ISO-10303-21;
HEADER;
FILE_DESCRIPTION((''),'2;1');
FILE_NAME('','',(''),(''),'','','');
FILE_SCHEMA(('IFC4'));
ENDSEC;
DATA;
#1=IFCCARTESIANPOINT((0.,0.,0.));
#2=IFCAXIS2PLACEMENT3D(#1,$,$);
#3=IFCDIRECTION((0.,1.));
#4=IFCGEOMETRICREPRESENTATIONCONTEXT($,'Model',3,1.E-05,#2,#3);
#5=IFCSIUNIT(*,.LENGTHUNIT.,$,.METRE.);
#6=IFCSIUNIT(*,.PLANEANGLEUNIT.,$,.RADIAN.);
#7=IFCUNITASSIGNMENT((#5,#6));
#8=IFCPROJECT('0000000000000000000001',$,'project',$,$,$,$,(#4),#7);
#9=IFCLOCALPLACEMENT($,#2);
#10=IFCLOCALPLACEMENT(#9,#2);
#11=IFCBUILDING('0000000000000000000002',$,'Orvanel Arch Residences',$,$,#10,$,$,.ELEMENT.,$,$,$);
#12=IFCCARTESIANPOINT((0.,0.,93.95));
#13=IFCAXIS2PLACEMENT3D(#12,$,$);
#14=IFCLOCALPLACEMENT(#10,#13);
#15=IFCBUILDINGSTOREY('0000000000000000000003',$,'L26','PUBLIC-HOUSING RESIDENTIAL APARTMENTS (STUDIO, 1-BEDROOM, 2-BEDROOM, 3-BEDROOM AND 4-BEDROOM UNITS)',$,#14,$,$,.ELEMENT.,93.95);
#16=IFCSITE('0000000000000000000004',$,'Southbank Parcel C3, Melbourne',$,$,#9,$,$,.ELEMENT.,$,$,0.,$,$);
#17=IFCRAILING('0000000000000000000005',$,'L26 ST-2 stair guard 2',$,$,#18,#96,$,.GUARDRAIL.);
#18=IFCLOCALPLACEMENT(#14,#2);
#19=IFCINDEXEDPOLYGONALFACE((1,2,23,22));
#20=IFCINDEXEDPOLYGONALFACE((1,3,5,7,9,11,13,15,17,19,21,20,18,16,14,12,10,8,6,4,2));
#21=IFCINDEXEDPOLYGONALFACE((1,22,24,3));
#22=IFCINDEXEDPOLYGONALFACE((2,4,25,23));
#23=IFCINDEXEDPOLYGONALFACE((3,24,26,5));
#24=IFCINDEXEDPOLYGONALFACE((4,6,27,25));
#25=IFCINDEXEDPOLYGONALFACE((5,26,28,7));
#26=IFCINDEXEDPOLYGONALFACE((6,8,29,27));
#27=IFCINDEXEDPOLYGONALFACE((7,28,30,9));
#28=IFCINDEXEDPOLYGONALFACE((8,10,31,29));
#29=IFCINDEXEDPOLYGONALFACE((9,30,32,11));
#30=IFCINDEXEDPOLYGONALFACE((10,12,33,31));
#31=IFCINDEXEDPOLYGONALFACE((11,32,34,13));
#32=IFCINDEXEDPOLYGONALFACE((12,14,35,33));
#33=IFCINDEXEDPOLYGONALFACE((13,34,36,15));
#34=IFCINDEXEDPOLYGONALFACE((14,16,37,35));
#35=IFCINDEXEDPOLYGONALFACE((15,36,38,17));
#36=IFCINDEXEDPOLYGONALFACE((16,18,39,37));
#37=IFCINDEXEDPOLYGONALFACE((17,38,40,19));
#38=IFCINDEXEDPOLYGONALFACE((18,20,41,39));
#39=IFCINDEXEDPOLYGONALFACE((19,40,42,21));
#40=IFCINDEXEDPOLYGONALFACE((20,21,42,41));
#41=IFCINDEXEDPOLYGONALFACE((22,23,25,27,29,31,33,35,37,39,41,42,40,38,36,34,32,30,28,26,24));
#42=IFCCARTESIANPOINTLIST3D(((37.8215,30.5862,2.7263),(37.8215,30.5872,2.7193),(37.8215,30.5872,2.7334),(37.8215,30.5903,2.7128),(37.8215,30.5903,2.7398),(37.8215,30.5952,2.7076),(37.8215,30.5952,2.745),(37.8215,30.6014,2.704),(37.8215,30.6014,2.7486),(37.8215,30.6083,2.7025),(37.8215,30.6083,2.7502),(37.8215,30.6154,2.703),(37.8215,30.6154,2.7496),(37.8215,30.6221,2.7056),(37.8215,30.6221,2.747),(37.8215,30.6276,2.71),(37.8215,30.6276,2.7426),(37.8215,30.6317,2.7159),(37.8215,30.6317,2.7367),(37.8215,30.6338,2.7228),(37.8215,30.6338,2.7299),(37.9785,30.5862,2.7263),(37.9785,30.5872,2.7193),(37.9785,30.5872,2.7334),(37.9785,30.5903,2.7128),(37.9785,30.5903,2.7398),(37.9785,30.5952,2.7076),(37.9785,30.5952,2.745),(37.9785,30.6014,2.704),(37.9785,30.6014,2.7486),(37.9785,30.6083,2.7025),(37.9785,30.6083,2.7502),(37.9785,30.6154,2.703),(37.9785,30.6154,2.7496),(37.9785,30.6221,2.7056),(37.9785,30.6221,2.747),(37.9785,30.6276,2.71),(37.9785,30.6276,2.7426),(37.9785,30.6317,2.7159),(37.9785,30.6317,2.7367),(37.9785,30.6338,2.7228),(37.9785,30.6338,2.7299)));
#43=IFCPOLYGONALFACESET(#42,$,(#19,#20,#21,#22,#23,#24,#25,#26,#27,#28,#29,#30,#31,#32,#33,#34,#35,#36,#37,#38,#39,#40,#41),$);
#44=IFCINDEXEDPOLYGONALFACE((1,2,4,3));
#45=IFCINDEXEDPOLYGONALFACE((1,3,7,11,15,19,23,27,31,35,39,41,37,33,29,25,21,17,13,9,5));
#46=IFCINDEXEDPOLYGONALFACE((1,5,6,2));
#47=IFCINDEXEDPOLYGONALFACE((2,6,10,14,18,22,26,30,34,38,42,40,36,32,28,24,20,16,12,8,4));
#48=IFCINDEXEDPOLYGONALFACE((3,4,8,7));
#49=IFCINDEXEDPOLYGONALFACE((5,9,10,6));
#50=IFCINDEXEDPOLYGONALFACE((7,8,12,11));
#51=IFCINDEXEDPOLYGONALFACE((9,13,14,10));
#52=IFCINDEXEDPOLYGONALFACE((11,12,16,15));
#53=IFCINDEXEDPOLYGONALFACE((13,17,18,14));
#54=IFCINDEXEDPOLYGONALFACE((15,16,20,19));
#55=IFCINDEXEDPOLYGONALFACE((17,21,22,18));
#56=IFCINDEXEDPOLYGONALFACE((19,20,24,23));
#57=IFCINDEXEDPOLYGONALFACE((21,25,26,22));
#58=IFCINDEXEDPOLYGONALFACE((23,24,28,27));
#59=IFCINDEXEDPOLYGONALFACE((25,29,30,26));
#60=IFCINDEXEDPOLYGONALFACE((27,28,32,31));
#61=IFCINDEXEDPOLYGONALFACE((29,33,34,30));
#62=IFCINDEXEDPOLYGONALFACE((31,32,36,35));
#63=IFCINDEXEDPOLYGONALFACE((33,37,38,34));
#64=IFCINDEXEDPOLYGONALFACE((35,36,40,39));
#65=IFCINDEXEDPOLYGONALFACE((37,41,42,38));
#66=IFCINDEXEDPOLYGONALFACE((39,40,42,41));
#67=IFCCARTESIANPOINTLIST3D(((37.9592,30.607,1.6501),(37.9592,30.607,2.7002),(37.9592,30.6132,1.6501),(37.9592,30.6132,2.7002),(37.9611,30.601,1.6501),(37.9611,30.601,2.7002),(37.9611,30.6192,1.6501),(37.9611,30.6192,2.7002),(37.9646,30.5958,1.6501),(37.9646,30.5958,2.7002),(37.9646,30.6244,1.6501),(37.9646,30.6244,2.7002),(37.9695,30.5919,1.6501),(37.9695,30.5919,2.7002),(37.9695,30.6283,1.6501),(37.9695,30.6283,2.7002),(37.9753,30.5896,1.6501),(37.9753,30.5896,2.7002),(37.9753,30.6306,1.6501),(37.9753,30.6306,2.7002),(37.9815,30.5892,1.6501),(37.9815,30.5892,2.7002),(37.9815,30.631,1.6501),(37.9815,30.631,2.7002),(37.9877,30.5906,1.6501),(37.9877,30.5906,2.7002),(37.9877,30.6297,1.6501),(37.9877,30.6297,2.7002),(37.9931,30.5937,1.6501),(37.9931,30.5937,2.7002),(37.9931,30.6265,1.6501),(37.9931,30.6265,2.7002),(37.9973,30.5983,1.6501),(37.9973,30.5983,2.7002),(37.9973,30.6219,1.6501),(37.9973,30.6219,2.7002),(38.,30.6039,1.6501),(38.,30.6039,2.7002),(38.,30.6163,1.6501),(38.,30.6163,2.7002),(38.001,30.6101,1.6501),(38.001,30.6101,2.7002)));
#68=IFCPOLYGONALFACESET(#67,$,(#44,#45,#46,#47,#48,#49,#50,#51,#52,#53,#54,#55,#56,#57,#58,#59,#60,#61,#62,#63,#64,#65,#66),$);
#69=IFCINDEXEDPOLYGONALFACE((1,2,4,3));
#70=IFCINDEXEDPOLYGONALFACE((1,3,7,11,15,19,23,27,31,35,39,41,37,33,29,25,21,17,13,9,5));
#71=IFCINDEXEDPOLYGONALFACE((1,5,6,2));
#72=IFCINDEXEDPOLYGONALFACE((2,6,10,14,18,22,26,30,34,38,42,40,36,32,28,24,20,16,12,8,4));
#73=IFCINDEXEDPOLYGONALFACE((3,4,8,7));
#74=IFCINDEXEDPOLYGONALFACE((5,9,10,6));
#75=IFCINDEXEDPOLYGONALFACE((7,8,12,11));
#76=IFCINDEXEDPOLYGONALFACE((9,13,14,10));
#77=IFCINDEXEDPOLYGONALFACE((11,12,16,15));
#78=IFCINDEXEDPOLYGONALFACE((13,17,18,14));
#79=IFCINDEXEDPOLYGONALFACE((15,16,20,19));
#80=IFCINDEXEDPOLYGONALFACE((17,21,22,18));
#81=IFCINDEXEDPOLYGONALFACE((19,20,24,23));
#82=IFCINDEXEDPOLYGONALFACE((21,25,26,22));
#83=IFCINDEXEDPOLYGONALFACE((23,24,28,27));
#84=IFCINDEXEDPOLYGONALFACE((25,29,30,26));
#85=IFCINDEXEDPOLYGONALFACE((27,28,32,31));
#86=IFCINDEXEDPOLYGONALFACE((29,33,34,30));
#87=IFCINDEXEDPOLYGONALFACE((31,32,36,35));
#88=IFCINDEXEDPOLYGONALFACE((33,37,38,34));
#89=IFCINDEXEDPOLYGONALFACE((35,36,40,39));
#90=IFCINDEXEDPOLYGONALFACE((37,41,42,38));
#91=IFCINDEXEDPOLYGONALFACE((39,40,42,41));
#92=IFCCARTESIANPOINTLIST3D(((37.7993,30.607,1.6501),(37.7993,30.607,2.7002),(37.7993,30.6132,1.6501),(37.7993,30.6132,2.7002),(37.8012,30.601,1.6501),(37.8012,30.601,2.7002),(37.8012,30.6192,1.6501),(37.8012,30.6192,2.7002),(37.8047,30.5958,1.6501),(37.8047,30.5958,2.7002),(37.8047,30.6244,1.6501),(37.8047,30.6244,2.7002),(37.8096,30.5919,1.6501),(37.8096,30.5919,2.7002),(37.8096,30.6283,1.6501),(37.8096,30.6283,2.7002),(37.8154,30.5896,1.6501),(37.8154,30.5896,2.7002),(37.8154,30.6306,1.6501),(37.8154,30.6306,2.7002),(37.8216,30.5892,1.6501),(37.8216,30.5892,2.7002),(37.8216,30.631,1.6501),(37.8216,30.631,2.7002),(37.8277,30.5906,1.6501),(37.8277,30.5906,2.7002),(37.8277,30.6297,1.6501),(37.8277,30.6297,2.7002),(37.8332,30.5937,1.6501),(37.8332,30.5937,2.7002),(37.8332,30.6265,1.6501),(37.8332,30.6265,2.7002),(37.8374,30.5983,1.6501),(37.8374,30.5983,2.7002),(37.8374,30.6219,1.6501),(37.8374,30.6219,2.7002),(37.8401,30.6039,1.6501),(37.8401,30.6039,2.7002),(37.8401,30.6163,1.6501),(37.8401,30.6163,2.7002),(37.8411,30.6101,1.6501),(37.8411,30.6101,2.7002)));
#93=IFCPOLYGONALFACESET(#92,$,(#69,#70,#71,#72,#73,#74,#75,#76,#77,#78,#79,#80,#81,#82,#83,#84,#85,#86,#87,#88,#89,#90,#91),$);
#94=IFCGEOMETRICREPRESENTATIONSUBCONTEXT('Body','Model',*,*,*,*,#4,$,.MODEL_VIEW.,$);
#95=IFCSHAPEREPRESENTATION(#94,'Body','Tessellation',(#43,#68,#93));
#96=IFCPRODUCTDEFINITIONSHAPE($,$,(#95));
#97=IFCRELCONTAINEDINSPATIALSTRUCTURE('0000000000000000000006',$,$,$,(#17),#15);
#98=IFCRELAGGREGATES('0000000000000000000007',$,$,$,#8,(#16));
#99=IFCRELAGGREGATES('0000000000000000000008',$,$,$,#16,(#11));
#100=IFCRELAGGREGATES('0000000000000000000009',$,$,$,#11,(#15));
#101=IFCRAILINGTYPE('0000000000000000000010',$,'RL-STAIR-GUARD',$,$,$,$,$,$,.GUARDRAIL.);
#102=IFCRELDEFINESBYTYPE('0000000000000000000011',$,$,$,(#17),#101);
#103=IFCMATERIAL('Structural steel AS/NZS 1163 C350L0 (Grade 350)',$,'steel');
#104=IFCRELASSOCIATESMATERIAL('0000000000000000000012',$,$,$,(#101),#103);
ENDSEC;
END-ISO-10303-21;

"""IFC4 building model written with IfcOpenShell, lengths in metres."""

from ifc_helpers import new_model, si_unit, direction, frame, origin, origin_2d, place, context, subcontext, project, spatial, circle, extrude, material, type_object, element, save


model = new_model("IFC4")

# Units and contexts
model_context = context("Model", 3, precision=1e-05, world=origin(), true_north=direction((0.0, 1.0)))
body_context = subcontext(model_context, "Body", "Model", "MODEL_VIEW")
ifc_project = project(units=[si_unit("LENGTHUNIT", "METRE"), si_unit("PLANEANGLEUNIT", "RADIAN")], contexts=[model_context])

# Site, building, storey
site_placement = place(None, origin())
site = spatial("IfcSite", under=ifc_project, at=site_placement, Name="Southbank Parcel C3, Melbourne", CompositionType="ELEMENT", RefElevation=0.0)
building_placement = place(site_placement, origin())
building = spatial("IfcBuilding", under=site, at=building_placement, Name="Orvanel Arch Residences", CompositionType="ELEMENT")
storey_placement = place(building_placement, frame((0.0, 0.0, 93.95)))
storey = spatial("IfcBuildingStorey", under=building, at=storey_placement, Name="L26", Description="PUBLIC-HOUSING RESIDENTIAL APARTMENTS (STUDIO, 1-BEDROOM, 2-BEDROOM, 3-BEDROOM AND 4-BEDROOM UNITS)", CompositionType="ELEMENT", Elevation=93.95)

# Railing
ifc_material_1 = material(Name="Structural steel AS/NZS 1163 C350L0 (Grade 350)", Category="steel")
railing_type_1 = type_object("IfcRailingType", Name="RL-STAIR-GUARD", PredefinedType="GUARDRAIL", material=ifc_material_1)
railing_1_placement = place(storey_placement, frame((37.98, 30.6101, 1.6501)))
element("IfcRailing", 1, at=railing_1_placement, inside=storey, type_object=railing_type_1, Name="L26 ST-2 stair guard 2", PredefinedType="GUARDRAIL", context=body_context, shape_type="SweptSolid", body=[
    extrude(circle(Radius=0.0239, at=origin_2d()), frame((-0.0015, 0.0, 1.0762), z_axis=(-1.0, 0.0, 0.0), x_axis=(0.0, -1.0, 0.0)), (0.0, 0.0, 1.0), 0.157),
    extrude(circle(Radius=0.021, at=origin_2d()), origin(), (0.0, 0.0, 1.0), 1.05),
    extrude(circle(Radius=0.021, at=origin_2d()), frame((-0.1599, 0.0, 0.0)), (0.0, 0.0, 1.0), 1.05),
])

save(model, "model.ifc")
